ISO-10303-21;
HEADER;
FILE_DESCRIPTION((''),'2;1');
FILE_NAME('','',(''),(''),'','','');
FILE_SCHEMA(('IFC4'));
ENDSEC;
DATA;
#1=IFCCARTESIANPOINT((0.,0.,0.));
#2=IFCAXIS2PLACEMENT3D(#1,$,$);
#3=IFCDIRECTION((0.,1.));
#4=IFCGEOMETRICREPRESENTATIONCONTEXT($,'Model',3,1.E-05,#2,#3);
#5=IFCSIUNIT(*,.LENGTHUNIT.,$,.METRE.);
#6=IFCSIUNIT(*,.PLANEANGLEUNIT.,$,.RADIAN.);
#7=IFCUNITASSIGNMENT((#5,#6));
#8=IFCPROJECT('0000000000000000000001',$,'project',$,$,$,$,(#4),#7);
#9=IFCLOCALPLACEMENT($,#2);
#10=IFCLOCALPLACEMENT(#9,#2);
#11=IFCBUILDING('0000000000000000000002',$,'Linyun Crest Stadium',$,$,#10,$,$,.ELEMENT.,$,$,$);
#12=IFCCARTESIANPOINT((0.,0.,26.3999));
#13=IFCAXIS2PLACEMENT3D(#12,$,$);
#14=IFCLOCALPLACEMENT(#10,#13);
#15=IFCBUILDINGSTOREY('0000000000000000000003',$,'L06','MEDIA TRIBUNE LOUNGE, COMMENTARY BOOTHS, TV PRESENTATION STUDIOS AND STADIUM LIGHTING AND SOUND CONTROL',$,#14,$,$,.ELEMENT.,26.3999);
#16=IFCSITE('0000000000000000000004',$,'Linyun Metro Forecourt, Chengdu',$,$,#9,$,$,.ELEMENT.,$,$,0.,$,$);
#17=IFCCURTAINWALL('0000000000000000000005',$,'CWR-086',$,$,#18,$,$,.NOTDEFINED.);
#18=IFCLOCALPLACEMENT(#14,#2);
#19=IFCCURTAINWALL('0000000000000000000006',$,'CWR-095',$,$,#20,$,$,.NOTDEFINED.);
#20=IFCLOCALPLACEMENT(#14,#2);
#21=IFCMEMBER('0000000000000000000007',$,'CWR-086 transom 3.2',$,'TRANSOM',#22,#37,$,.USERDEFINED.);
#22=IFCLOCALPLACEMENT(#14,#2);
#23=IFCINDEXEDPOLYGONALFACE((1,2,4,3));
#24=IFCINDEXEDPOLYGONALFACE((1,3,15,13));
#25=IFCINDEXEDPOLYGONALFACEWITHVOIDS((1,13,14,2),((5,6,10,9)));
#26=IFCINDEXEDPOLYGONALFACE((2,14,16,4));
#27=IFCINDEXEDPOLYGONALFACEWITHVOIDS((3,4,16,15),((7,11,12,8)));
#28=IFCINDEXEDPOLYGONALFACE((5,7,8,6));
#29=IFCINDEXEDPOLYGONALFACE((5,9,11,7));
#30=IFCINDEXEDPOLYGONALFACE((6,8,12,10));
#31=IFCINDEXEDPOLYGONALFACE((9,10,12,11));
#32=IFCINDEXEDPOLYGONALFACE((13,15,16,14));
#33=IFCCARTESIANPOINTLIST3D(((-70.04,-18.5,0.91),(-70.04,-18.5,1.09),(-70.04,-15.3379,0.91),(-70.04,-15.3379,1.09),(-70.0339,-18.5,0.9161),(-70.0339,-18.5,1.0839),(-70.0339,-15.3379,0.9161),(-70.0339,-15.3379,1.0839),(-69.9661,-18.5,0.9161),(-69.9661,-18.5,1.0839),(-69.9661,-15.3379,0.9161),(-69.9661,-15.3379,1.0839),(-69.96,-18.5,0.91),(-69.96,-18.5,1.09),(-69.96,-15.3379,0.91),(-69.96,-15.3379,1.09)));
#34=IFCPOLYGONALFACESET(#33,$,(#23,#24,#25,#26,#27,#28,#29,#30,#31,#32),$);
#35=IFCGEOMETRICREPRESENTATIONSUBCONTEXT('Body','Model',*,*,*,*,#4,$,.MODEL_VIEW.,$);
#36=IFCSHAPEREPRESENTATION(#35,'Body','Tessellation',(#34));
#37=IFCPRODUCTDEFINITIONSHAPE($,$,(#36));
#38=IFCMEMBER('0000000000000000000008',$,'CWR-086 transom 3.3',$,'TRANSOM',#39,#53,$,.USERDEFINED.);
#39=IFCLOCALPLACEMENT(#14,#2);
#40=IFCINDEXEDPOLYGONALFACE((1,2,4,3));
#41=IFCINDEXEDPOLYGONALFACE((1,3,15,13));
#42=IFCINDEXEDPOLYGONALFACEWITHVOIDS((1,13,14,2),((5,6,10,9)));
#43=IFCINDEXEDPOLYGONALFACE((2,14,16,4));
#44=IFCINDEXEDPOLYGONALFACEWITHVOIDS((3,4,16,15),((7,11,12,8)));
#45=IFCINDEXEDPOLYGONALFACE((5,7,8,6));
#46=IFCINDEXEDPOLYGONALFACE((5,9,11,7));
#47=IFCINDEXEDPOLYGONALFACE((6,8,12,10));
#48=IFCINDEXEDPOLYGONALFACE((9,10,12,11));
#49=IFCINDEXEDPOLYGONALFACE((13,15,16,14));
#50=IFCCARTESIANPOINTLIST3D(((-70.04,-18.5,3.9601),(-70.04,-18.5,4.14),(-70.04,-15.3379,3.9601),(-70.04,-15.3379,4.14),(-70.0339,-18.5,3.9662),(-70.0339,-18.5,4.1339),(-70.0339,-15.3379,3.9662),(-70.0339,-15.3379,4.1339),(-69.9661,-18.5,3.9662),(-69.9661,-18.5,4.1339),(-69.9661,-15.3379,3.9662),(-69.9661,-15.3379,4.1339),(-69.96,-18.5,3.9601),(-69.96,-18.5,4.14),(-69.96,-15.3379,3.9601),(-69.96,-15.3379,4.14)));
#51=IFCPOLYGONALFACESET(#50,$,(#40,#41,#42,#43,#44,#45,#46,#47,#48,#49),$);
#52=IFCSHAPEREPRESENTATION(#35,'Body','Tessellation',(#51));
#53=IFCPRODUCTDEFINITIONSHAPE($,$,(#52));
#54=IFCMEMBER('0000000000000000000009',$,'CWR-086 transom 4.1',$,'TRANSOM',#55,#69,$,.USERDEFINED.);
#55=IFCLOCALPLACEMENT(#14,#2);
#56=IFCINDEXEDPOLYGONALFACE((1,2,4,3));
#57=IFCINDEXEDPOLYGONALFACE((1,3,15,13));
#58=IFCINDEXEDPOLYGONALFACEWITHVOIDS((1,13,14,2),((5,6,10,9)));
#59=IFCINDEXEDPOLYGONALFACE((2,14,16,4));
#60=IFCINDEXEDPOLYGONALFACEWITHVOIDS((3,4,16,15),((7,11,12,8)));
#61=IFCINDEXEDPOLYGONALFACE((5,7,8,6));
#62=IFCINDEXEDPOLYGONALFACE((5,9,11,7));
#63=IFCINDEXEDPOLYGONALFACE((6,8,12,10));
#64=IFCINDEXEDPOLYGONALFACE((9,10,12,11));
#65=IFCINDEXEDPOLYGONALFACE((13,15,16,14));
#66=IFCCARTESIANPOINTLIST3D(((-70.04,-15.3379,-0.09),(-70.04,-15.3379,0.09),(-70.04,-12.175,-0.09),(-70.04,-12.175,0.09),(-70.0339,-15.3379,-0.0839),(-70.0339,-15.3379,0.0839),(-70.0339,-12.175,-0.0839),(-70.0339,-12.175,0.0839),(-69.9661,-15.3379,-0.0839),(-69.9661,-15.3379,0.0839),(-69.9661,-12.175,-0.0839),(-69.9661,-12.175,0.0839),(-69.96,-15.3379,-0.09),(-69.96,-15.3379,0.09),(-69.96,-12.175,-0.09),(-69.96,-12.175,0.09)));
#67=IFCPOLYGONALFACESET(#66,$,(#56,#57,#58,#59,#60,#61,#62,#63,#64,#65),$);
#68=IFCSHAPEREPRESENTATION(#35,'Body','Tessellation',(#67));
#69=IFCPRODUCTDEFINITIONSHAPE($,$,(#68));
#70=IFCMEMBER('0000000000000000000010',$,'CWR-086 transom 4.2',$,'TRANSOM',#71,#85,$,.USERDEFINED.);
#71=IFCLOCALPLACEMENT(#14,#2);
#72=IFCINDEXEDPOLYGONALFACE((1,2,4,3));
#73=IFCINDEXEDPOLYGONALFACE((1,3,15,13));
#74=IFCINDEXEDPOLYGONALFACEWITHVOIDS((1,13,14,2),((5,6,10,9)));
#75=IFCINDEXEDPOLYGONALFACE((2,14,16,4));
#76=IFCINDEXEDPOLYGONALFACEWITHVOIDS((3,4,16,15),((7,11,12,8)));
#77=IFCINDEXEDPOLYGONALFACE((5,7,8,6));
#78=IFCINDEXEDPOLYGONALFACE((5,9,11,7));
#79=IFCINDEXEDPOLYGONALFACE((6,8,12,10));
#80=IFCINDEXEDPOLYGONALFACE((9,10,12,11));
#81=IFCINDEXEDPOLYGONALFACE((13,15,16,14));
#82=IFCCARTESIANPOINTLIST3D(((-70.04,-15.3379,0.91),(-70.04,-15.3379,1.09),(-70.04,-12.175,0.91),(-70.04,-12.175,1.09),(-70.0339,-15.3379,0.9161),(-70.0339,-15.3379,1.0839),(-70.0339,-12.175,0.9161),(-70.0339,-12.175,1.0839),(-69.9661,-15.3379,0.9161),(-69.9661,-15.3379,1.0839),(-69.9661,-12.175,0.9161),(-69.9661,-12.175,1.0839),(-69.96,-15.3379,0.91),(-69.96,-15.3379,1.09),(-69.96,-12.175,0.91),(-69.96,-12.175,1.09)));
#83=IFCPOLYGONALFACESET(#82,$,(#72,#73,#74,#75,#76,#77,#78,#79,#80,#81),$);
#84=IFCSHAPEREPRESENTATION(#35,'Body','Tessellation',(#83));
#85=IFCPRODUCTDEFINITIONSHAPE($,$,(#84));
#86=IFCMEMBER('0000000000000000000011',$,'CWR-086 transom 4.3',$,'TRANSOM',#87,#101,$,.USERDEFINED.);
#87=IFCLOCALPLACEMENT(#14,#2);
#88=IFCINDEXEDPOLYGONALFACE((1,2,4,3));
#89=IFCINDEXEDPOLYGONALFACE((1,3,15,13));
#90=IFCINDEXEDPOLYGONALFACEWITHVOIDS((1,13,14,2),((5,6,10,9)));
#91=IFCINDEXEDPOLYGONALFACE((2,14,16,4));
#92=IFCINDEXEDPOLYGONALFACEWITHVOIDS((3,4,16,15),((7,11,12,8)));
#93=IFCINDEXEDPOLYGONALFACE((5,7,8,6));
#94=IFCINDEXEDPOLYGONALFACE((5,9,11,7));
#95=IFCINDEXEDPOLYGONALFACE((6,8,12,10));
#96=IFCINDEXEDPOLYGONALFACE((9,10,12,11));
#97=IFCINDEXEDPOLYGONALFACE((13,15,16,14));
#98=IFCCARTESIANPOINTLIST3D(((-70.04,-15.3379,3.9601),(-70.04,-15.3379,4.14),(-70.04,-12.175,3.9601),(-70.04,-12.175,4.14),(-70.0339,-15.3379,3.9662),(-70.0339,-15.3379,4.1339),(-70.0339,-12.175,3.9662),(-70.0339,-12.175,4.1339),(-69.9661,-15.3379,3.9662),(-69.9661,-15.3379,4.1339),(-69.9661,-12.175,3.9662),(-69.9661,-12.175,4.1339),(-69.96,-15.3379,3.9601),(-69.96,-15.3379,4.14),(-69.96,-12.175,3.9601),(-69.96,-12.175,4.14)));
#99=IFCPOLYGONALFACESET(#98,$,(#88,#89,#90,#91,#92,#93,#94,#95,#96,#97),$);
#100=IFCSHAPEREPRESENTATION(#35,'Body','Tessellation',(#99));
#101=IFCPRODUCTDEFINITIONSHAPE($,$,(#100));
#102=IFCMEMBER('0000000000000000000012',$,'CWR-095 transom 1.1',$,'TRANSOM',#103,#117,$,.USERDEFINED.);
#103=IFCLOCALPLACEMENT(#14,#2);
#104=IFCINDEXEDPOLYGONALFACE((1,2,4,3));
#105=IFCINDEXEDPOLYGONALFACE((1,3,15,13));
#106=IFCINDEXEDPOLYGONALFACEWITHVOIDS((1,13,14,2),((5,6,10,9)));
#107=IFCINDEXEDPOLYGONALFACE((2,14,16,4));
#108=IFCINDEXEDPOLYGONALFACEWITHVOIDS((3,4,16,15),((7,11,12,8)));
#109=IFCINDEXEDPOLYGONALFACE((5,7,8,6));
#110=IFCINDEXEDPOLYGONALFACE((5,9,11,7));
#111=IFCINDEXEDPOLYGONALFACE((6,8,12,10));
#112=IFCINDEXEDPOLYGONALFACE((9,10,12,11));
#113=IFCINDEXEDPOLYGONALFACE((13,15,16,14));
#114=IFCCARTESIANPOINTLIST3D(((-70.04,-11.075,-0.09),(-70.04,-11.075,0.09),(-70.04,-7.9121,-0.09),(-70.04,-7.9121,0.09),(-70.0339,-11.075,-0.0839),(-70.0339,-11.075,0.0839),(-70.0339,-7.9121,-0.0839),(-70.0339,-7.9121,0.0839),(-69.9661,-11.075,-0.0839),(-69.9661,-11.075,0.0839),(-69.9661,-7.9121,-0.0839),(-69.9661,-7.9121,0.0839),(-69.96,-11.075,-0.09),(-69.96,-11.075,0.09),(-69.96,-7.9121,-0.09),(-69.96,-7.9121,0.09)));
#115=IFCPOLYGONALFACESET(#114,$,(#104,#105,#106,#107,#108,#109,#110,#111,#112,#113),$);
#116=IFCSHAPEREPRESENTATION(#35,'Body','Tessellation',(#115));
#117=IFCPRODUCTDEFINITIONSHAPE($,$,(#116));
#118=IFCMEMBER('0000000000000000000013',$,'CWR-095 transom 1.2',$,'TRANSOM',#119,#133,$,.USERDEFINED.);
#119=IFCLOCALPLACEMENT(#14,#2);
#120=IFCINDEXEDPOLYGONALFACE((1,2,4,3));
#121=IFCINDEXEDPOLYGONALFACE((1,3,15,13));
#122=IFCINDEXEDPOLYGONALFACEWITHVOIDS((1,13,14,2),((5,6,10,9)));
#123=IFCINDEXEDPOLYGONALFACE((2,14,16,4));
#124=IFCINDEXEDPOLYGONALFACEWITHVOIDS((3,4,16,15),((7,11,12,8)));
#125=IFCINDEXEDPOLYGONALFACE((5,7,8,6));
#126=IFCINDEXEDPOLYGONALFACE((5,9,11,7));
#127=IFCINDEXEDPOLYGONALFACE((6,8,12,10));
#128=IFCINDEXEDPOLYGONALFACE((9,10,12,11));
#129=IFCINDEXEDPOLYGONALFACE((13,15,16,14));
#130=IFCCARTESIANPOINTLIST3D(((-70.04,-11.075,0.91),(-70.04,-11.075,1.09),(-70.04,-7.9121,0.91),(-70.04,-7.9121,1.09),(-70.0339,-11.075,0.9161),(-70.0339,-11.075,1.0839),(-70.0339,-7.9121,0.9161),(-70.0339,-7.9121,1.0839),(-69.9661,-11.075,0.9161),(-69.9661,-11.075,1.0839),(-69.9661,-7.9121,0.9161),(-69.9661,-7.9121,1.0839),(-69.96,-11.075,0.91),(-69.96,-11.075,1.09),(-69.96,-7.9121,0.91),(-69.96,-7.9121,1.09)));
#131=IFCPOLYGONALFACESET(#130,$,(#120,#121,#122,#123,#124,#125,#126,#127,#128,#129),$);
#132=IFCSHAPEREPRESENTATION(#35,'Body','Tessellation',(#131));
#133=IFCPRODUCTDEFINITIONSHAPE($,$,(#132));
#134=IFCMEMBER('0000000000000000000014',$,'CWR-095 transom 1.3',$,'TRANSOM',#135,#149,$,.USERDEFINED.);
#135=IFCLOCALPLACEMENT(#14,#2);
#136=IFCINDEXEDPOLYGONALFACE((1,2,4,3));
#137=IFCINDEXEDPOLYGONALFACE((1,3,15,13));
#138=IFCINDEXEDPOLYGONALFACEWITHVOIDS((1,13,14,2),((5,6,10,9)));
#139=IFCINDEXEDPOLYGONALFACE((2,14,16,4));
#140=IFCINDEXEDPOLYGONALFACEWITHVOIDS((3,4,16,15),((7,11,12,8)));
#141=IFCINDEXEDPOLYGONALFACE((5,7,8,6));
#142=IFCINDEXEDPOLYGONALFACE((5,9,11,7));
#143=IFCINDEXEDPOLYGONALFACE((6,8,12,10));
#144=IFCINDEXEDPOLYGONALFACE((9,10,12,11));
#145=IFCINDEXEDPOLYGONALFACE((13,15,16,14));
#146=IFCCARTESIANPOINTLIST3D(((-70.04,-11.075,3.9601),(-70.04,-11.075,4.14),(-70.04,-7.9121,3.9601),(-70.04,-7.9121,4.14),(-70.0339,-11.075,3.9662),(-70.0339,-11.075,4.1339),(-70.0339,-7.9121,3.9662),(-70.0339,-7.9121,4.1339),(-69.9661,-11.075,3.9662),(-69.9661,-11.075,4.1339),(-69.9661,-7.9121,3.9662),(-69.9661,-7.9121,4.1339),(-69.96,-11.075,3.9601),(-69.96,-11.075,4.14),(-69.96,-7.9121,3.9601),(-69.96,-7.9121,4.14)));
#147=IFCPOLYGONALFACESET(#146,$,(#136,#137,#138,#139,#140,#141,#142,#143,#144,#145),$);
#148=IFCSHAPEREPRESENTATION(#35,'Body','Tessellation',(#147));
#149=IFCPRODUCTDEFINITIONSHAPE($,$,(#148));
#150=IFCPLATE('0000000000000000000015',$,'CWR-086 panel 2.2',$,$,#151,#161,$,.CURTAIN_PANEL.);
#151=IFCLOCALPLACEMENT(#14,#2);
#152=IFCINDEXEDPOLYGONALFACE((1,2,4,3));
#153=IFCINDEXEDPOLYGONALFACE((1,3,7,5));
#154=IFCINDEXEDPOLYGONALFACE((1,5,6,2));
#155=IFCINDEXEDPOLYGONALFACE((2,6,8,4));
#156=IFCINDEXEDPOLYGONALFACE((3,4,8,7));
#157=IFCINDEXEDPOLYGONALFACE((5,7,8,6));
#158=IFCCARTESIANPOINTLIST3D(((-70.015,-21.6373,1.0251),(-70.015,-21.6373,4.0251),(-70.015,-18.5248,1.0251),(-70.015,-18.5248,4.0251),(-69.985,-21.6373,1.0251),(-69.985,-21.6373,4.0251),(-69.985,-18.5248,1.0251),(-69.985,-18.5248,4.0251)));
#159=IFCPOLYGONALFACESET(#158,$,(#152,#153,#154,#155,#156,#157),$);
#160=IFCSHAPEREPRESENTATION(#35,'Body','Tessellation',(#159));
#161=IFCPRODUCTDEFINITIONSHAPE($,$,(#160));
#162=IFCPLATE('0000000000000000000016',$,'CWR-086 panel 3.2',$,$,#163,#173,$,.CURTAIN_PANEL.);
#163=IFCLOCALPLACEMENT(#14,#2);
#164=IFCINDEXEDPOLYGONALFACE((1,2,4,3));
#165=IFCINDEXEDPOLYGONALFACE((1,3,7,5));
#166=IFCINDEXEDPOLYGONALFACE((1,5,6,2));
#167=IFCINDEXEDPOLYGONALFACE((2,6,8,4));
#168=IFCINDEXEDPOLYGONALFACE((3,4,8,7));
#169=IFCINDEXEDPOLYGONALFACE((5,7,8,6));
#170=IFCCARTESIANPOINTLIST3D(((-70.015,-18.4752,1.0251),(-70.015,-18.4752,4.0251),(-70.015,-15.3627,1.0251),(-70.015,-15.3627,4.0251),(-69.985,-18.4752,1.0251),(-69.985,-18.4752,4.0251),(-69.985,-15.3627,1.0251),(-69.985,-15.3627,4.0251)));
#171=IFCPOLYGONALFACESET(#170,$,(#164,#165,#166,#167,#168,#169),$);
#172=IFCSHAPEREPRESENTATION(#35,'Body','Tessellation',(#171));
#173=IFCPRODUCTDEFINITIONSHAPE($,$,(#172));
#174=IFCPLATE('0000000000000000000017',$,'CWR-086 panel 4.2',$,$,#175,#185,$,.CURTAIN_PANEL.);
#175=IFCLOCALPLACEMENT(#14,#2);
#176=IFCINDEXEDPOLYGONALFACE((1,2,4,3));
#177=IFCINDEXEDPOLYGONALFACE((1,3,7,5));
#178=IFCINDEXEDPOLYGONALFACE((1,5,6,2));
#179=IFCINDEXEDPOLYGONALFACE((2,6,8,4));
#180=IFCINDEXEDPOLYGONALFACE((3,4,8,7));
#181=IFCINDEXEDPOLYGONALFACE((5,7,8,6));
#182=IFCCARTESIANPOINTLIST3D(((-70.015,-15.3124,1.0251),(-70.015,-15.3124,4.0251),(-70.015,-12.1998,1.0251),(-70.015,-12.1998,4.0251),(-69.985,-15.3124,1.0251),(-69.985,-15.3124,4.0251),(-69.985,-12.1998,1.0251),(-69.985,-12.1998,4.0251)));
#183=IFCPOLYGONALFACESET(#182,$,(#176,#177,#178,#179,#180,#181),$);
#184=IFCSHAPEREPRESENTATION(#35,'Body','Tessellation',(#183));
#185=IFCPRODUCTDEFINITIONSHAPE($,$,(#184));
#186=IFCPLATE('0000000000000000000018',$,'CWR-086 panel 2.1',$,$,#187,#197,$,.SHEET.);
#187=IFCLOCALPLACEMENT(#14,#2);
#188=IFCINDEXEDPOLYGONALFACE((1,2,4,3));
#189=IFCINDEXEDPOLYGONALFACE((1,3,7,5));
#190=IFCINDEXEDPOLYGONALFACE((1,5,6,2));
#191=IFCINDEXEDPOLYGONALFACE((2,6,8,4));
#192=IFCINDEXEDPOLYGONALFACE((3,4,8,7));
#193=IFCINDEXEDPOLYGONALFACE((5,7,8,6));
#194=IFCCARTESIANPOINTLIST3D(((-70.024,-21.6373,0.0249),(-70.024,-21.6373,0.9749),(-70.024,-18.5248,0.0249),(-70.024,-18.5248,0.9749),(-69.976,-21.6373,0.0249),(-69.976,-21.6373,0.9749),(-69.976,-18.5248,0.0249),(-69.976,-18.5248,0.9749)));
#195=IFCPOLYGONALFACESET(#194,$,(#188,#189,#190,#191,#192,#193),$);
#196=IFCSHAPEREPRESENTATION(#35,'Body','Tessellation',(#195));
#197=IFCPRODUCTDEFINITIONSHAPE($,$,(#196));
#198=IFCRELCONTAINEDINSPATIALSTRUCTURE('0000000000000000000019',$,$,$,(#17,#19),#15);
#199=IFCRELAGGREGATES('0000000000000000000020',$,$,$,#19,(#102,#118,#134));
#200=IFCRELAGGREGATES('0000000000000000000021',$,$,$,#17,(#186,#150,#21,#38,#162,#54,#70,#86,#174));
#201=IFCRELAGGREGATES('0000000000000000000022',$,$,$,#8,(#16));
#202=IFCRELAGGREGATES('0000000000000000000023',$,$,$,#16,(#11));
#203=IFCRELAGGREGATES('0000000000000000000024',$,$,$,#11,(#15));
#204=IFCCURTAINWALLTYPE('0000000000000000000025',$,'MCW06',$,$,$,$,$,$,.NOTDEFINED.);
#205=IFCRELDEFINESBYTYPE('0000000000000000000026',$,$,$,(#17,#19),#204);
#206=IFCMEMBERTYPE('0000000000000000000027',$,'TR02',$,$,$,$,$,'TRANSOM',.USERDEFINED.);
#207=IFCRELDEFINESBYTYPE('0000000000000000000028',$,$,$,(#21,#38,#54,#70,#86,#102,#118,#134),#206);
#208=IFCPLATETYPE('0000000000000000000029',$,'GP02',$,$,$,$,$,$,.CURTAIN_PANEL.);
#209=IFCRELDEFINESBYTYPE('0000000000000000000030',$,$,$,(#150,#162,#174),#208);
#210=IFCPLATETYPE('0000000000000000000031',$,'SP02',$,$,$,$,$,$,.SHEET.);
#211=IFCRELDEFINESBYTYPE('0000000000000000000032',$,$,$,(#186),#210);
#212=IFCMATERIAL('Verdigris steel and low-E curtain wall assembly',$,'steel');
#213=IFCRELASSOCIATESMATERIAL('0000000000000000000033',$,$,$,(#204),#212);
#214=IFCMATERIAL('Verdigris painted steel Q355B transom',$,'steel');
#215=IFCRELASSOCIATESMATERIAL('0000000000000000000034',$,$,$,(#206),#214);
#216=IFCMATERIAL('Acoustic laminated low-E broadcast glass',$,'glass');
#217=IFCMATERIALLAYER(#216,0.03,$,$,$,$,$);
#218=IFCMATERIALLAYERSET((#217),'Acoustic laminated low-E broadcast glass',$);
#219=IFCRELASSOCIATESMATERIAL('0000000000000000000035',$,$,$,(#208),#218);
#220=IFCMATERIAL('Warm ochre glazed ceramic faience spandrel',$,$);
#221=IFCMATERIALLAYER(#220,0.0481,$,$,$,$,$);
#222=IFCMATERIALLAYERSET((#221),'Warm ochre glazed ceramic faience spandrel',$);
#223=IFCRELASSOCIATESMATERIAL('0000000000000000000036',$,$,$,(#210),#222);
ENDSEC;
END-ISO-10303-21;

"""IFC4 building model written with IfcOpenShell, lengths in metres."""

from ifc_helpers import new_model, si_unit, direction, frame, origin, origin_2d, place, context, subcontext, project, spatial, rectangle, hollow_rectangle, extrude, material, layer, layer_set, material_profile, profile_set, type_object, element, aggregate, save


model = new_model("IFC4")

# Units and contexts
model_context = context("Model", 3, precision=1e-05, world=origin(), true_north=direction((0.0, 1.0)))
body_context = subcontext(model_context, "Body", "Model", "MODEL_VIEW")
ifc_project = project(units=[si_unit("LENGTHUNIT", "METRE"), si_unit("PLANEANGLEUNIT", "RADIAN")], contexts=[model_context])

# Site, building, storey
site_placement = place(None, origin())
site = spatial("IfcSite", under=ifc_project, at=site_placement, Name="Linyun Metro Forecourt, Chengdu", CompositionType="ELEMENT", RefElevation=0.0)
building_placement = place(site_placement, origin())
building = spatial("IfcBuilding", under=site, at=building_placement, Name="Linyun Crest Stadium", CompositionType="ELEMENT")
storey_placement = place(building_placement, frame((0.0, 0.0, 26.3999)))
storey = spatial("IfcBuildingStorey", under=building, at=storey_placement, Name="L06", Description="MEDIA TRIBUNE LOUNGE, COMMENTARY BOOTHS, TV PRESENTATION STUDIOS AND STADIUM LIGHTING AND SOUND CONTROL", CompositionType="ELEMENT", Elevation=26.3999)

# Curtain wall
ifc_material_1 = material(Name="Verdigris steel and low-E curtain wall assembly", Category="steel")
curtain_wall_type = type_object("IfcCurtainWallType", Name="MCW06", PredefinedType="NOTDEFINED", material=ifc_material_1)
curtain_wall_1_placement = place(storey_placement, origin())
curtain_wall_1 = element("IfcCurtainWall", 1, at=curtain_wall_1_placement, inside=storey, type_object=curtain_wall_type, Name="CWR-086", PredefinedType="NOTDEFINED")

# Curtain wall
curtain_wall_2_placement = place(storey_placement, origin())
curtain_wall_2 = element("IfcCurtainWall", 2, at=curtain_wall_2_placement, inside=storey, type_object=curtain_wall_type, Name="CWR-095", PredefinedType="NOTDEFINED")

# Members
ifc_material_2 = material(Name="Verdigris painted steel Q355B transom", Category="steel")
ifc_material_profile_1 = material_profile(ifc_material_2, hollow_rectangle(XDim=0.0801, YDim=0.1799, WallThickness=0.0061, at=origin_2d()), Name="RHS 180x80x6")
ifc_profile_set_1 = profile_set([ifc_material_profile_1], Name="Verdigris painted steel Q355B transom")
member_type_1 = type_object("IfcMemberType", Name="TR02", ElementType="TRANSOM", PredefinedType="USERDEFINED", material=ifc_profile_set_1)
member_1_placement = place(storey_placement, frame((-70.0, -18.5, 1.0), z_axis=(0.0, 1.0, 0.0), x_axis=(-1.0, 0.0, 0.0)))
member_1 = element("IfcMember", 3, at=member_1_placement, type_object=member_type_1, Name="CWR-086 transom 3.2", ObjectType="TRANSOM", PredefinedType="USERDEFINED", context=body_context, shape_type="SweptSolid", body=[
    extrude(hollow_rectangle(XDim=0.0801, YDim=0.1799, WallThickness=0.0061, at=origin_2d()), origin(), (0.0, 0.0, 1.0), 3.1621),
])
member_2_placement = place(storey_placement, frame((-70.0, -18.5, 4.05), z_axis=(0.0, 1.0, 0.0), x_axis=(-1.0, 0.0, 0.0)))
member_2 = element("IfcMember", 4, at=member_2_placement, type_object=member_type_1, Name="CWR-086 transom 3.3", ObjectType="TRANSOM", PredefinedType="USERDEFINED", context=body_context, shape_type="SweptSolid", body=[
    extrude(hollow_rectangle(XDim=0.0801, YDim=0.1799, WallThickness=0.0061, at=origin_2d()), origin(), (0.0, 0.0, 1.0), 3.1621),
])
member_3_placement = place(storey_placement, frame((-70.0, -15.3379, 0.0), z_axis=(0.0, 1.0, 0.0), x_axis=(-1.0, 0.0, 0.0)))
member_3 = element("IfcMember", 5, at=member_3_placement, type_object=member_type_1, Name="CWR-086 transom 4.1", ObjectType="TRANSOM", PredefinedType="USERDEFINED", context=body_context, shape_type="SweptSolid", body=[
    extrude(hollow_rectangle(XDim=0.0801, YDim=0.1799, WallThickness=0.0061, at=origin_2d()), origin(), (0.0, 0.0, 1.0), 3.1628),
])
member_4_placement = place(storey_placement, frame((-70.0, -15.3379, 1.0), z_axis=(0.0, 1.0, 0.0), x_axis=(-1.0, 0.0, 0.0)))
member_4 = element("IfcMember", 6, at=member_4_placement, type_object=member_type_1, Name="CWR-086 transom 4.2", ObjectType="TRANSOM", PredefinedType="USERDEFINED", context=body_context, shape_type="SweptSolid", body=[
    extrude(hollow_rectangle(XDim=0.0801, YDim=0.1799, WallThickness=0.0061, at=origin_2d()), origin(), (0.0, 0.0, 1.0), 3.1628),
])
member_5_placement = place(storey_placement, frame((-70.0, -15.3379, 4.05), z_axis=(0.0, 1.0, 0.0), x_axis=(-1.0, 0.0, 0.0)))
member_5 = element("IfcMember", 7, at=member_5_placement, type_object=member_type_1, Name="CWR-086 transom 4.3", ObjectType="TRANSOM", PredefinedType="USERDEFINED", context=body_context, shape_type="SweptSolid", body=[
    extrude(hollow_rectangle(XDim=0.0801, YDim=0.1799, WallThickness=0.0061, at=origin_2d()), origin(), (0.0, 0.0, 1.0), 3.1628),
])
member_6_placement = place(storey_placement, frame((-70.0, -11.075, 0.0), z_axis=(0.0, 1.0, 0.0), x_axis=(-1.0, 0.0, 0.0)))
member_6 = element("IfcMember", 8, at=member_6_placement, type_object=member_type_1, Name="CWR-095 transom 1.1", ObjectType="TRANSOM", PredefinedType="USERDEFINED", context=body_context, shape_type="SweptSolid", body=[
    extrude(hollow_rectangle(XDim=0.0801, YDim=0.1799, WallThickness=0.0061, at=origin_2d()), origin(), (0.0, 0.0, 1.0), 3.1628),
])
member_7_placement = place(storey_placement, frame((-70.0, -11.075, 1.0), z_axis=(0.0, 1.0, 0.0), x_axis=(-1.0, 0.0, 0.0)))
member_7 = element("IfcMember", 9, at=member_7_placement, type_object=member_type_1, Name="CWR-095 transom 1.2", ObjectType="TRANSOM", PredefinedType="USERDEFINED", context=body_context, shape_type="SweptSolid", body=[
    extrude(hollow_rectangle(XDim=0.0801, YDim=0.1799, WallThickness=0.0061, at=origin_2d()), origin(), (0.0, 0.0, 1.0), 3.1628),
])
member_8_placement = place(storey_placement, frame((-70.0, -11.075, 4.05), z_axis=(0.0, 1.0, 0.0), x_axis=(-1.0, 0.0, 0.0)))
member_8 = element("IfcMember", 10, at=member_8_placement, type_object=member_type_1, Name="CWR-095 transom 1.3", ObjectType="TRANSOM", PredefinedType="USERDEFINED", context=body_context, shape_type="SweptSolid", body=[
    extrude(hollow_rectangle(XDim=0.0801, YDim=0.1799, WallThickness=0.0061, at=origin_2d()), origin(), (0.0, 0.0, 1.0), 3.1628),
])
aggregate(curtain_wall_2, [member_6, member_7, member_8])

# Plates
ifc_material_3 = material(Name="Acoustic laminated low-E broadcast glass", Category="glass")
ifc_layer_1 = layer(ifc_material_3, 0.03)
ifc_layer_set_1 = layer_set([ifc_layer_1], Name="Acoustic laminated low-E broadcast glass")
plate_type_1 = type_object("IfcPlateType", Name="GP02", PredefinedType="CURTAIN_PANEL", material=ifc_layer_set_1)
plate_1_placement = place(storey_placement, frame((-70.0, -20.0811, 1.0251), z_axis=(0.0, 0.0, 1.0), x_axis=(0.0, 1.0, 0.0)))
plate_1 = element("IfcPlate", 11, at=plate_1_placement, type_object=plate_type_1, Name="CWR-086 panel 2.2", PredefinedType="CURTAIN_PANEL", context=body_context, shape_type="SweptSolid", body=[
    extrude(rectangle(XDim=3.1125, YDim=0.03, at=origin_2d()), origin(), (0.0, 0.0, 1.0), 3.0),
])
plate_2_placement = place(storey_placement, frame((-70.0, -16.9189, 1.0251), z_axis=(0.0, 0.0, 1.0), x_axis=(0.0, 1.0, 0.0)))
plate_2 = element("IfcPlate", 12, at=plate_2_placement, type_object=plate_type_1, Name="CWR-086 panel 3.2", PredefinedType="CURTAIN_PANEL", context=body_context, shape_type="SweptSolid", body=[
    extrude(rectangle(XDim=3.1125, YDim=0.03, at=origin_2d()), origin(), (0.0, 0.0, 1.0), 3.0),
])
plate_3_placement = place(storey_placement, frame((-70.0, -13.7561, 1.0251), z_axis=(0.0, 0.0, 1.0), x_axis=(0.0, 1.0, 0.0)))
plate_3 = element("IfcPlate", 13, at=plate_3_placement, type_object=plate_type_1, Name="CWR-086 panel 4.2", PredefinedType="CURTAIN_PANEL", context=body_context, shape_type="SweptSolid", body=[
    extrude(rectangle(XDim=3.1125, YDim=0.03, at=origin_2d()), origin(), (0.0, 0.0, 1.0), 3.0),
])
ifc_material_4 = material(Name="Warm ochre glazed ceramic faience spandrel")
ifc_layer_2 = layer(ifc_material_4, 0.0481)
ifc_layer_set_2 = layer_set([ifc_layer_2], Name="Warm ochre glazed ceramic faience spandrel")
plate_type_2 = type_object("IfcPlateType", Name="SP02", PredefinedType="SHEET", material=ifc_layer_set_2)
plate_4_placement = place(storey_placement, frame((-70.0, -20.0811, 0.0249), z_axis=(0.0, 0.0, 1.0), x_axis=(0.0, 1.0, 0.0)))
plate_4 = element("IfcPlate", 14, at=plate_4_placement, type_object=plate_type_2, Name="CWR-086 panel 2.1", PredefinedType="SHEET", context=body_context, shape_type="SweptSolid", body=[
    extrude(rectangle(XDim=3.1125, YDim=0.0481, at=origin_2d()), origin(), (0.0, 0.0, 1.0), 0.95),
])
aggregate(curtain_wall_1, [plate_4, plate_1, member_1, member_2, plate_2, member_3, member_4, member_5, plate_3])

save(model, "model.ifc")
